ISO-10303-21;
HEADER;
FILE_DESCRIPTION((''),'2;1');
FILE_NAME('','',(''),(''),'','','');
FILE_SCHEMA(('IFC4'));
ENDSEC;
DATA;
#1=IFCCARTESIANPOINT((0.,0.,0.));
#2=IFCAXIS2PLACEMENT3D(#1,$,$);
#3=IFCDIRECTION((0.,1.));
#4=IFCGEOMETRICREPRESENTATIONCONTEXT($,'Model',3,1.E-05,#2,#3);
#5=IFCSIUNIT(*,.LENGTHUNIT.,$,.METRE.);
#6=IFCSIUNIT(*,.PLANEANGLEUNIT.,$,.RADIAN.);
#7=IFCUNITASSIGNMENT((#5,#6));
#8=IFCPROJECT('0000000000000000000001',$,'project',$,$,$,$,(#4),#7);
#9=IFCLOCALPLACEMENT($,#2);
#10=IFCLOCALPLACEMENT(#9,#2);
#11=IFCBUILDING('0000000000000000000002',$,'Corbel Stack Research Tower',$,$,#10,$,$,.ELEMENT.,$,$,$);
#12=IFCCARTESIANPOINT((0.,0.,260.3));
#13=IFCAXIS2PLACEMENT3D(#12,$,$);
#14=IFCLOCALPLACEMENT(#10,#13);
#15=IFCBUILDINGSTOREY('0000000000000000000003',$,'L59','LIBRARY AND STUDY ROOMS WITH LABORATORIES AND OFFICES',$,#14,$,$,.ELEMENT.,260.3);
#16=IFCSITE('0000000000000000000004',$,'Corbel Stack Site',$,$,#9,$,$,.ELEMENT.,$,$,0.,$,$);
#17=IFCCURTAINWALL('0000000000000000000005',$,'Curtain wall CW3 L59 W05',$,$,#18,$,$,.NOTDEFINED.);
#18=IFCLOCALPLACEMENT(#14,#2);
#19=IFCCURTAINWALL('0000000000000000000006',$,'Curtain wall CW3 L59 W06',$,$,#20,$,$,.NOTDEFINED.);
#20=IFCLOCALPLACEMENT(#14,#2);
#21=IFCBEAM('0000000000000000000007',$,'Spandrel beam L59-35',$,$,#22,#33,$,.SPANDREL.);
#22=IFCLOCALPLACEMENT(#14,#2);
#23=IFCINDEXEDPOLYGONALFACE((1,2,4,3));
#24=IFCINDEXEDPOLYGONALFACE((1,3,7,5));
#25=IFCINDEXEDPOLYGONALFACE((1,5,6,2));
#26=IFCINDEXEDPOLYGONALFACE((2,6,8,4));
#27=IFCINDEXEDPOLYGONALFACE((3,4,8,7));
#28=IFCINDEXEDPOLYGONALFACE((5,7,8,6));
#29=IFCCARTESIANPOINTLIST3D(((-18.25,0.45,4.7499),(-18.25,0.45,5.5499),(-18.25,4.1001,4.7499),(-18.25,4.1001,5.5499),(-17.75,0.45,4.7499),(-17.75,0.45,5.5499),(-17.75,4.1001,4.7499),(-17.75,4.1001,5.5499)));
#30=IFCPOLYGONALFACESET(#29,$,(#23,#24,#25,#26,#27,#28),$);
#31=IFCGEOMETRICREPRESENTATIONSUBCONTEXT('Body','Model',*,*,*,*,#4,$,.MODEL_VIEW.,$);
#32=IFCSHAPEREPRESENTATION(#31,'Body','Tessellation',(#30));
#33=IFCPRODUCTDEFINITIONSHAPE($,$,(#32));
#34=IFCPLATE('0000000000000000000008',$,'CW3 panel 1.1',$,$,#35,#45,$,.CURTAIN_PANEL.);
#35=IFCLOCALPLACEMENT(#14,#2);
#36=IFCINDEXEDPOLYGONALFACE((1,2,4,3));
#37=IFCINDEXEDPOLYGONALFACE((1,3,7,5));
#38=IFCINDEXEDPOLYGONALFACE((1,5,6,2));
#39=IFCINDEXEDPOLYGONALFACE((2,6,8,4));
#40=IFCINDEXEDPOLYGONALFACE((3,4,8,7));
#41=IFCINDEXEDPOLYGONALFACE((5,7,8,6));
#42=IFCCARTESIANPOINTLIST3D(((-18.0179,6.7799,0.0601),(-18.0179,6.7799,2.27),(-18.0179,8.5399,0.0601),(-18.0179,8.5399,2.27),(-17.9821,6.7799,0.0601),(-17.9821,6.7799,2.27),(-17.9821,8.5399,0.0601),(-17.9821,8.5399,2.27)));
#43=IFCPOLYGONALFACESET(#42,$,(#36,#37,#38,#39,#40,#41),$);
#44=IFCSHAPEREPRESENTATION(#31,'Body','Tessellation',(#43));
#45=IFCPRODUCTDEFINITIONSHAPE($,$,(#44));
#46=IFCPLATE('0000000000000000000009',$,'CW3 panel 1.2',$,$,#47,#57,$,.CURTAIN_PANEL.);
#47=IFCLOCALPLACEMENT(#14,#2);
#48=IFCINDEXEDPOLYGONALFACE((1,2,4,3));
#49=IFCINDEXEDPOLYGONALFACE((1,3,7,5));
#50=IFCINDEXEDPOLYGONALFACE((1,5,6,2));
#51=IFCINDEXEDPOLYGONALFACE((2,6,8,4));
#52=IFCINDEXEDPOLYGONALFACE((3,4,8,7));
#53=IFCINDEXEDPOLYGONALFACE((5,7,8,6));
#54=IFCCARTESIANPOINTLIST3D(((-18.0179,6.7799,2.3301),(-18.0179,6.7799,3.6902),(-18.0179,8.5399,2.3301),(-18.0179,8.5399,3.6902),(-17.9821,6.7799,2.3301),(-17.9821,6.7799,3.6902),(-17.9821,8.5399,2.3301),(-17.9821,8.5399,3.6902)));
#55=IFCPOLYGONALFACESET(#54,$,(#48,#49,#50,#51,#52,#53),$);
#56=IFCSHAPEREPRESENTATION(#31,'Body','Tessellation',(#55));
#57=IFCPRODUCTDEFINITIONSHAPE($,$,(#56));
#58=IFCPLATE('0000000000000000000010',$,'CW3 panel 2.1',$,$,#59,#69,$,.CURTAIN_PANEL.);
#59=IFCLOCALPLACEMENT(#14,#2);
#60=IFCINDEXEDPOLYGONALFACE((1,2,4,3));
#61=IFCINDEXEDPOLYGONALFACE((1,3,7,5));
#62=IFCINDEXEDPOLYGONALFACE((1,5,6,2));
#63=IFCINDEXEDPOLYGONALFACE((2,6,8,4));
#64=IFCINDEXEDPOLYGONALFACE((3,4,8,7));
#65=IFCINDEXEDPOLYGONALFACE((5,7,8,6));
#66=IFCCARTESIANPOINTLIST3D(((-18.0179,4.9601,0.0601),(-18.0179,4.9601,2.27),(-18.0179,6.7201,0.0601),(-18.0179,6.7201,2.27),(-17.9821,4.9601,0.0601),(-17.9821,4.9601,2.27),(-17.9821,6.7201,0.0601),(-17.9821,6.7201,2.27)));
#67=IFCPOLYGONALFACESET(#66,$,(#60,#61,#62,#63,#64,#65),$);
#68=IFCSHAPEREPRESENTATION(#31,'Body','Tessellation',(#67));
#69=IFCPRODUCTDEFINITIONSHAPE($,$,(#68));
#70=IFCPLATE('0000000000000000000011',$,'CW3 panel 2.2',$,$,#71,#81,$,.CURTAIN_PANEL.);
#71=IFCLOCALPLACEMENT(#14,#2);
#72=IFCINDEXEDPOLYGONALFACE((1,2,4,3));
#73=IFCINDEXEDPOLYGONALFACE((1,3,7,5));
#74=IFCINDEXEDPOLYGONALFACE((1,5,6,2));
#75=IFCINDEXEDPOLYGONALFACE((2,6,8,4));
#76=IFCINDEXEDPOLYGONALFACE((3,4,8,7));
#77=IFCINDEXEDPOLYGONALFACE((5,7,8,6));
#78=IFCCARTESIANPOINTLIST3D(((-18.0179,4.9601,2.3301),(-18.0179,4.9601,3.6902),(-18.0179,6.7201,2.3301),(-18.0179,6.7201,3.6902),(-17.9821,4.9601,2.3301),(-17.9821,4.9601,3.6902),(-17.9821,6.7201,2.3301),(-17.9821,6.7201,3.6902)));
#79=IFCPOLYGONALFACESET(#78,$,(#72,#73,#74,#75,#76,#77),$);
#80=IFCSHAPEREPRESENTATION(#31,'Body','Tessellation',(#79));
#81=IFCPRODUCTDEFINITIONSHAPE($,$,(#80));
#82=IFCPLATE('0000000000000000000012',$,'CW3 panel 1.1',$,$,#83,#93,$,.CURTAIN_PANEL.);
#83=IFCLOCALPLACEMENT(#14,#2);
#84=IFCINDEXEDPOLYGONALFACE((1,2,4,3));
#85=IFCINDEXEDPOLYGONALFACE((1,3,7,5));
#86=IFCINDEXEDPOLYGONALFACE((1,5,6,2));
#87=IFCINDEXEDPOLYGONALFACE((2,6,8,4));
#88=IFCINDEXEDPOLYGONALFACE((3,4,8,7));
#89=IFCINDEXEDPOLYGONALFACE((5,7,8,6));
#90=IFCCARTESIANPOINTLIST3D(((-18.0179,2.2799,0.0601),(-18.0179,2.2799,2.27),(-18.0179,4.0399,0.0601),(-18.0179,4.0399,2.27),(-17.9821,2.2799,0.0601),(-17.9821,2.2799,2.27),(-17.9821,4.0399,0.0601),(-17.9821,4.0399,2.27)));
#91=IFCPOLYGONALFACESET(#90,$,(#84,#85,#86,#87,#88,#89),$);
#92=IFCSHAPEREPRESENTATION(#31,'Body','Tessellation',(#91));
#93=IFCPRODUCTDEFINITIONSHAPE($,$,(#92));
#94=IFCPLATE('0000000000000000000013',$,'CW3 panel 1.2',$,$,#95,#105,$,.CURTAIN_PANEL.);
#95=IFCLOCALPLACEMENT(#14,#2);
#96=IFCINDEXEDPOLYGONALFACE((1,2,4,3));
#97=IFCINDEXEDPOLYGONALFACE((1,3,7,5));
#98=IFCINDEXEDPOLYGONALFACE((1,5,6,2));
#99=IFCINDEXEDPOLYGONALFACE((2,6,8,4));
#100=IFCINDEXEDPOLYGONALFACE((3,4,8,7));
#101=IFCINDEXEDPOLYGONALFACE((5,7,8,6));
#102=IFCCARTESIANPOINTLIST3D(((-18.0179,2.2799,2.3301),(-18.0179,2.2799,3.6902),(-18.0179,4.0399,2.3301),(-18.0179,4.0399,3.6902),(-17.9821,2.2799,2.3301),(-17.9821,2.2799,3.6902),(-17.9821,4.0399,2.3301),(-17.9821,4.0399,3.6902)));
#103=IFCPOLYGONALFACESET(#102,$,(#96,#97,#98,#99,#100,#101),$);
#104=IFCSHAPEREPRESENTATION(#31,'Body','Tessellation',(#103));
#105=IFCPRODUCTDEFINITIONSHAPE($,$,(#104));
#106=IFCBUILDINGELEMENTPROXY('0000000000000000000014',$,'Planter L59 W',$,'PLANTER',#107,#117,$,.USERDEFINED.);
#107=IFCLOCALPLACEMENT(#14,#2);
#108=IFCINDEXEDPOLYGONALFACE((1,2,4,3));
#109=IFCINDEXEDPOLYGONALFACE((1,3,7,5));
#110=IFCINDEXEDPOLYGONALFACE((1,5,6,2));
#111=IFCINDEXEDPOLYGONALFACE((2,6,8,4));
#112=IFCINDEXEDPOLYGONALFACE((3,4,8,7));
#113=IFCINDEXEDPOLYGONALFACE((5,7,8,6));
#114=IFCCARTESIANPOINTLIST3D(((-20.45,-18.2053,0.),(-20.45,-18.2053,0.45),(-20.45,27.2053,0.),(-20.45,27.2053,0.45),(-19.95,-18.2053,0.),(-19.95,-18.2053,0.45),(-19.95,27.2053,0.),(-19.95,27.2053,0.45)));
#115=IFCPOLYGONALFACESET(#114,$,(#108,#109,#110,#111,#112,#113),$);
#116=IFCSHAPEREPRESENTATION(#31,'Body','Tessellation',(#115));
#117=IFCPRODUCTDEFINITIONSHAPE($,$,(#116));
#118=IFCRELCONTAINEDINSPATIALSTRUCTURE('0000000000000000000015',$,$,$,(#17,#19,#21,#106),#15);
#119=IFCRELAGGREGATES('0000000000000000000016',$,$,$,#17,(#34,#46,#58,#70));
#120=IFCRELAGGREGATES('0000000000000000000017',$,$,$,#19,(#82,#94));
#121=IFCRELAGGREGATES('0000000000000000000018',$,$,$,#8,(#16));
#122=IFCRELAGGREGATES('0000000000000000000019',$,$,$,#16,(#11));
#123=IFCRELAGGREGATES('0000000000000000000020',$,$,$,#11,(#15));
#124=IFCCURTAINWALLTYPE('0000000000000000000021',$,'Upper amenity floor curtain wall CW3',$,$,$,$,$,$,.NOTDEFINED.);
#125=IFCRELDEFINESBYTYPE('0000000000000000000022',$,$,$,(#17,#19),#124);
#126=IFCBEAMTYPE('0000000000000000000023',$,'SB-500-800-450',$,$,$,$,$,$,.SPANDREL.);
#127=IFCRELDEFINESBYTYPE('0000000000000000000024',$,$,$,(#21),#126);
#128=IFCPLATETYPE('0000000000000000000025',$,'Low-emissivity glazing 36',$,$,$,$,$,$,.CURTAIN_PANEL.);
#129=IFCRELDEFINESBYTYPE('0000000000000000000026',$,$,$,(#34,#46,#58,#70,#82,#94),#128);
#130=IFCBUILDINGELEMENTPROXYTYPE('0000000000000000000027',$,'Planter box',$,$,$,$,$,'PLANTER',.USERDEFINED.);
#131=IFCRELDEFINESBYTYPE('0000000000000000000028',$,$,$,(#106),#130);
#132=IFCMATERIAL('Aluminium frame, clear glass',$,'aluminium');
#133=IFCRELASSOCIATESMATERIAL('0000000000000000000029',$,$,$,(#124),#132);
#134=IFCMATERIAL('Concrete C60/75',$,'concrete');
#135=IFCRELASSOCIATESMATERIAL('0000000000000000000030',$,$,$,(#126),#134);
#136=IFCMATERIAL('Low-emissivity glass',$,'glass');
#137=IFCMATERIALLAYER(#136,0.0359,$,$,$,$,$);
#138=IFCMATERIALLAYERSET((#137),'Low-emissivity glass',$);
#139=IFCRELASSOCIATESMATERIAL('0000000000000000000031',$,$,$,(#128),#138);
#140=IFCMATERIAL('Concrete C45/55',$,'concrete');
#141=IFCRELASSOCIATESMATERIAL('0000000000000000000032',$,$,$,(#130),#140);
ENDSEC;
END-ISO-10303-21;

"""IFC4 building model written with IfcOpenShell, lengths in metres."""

from ifc_helpers import new_model, si_unit, direction, frame, origin, origin_2d, place, context, subcontext, project, spatial, rectangle, extrude, material, layer, layer_set, material_profile, profile_set, type_object, element, aggregate, save


model = new_model("IFC4")

# Units and contexts
model_context = context("Model", 3, precision=1e-05, world=origin(), true_north=direction((0.0, 1.0)))
body_context = subcontext(model_context, "Body", "Model", "MODEL_VIEW")
ifc_project = project(units=[si_unit("LENGTHUNIT", "METRE"), si_unit("PLANEANGLEUNIT", "RADIAN")], contexts=[model_context])

# Site, building, storey
site_placement = place(None, origin())
site = spatial("IfcSite", under=ifc_project, at=site_placement, Name="Corbel Stack Site", CompositionType="ELEMENT", RefElevation=0.0)
building_placement = place(site_placement, origin())
building = spatial("IfcBuilding", under=site, at=building_placement, Name="Corbel Stack Research Tower", CompositionType="ELEMENT")
storey_placement = place(building_placement, frame((0.0, 0.0, 260.3)))
storey = spatial("IfcBuildingStorey", under=building, at=storey_placement, Name="L59", Description="LIBRARY AND STUDY ROOMS WITH LABORATORIES AND OFFICES", CompositionType="ELEMENT", Elevation=260.3)

# Curtain wall
ifc_material_1 = material(Name="Aluminium frame, clear glass", Category="aluminium")
curtain_wall_type = type_object("IfcCurtainWallType", Name="Upper amenity floor curtain wall CW3", PredefinedType="NOTDEFINED", material=ifc_material_1)
curtain_wall_1_placement = place(storey_placement, origin())
curtain_wall_1 = element("IfcCurtainWall", 1, at=curtain_wall_1_placement, inside=storey, type_object=curtain_wall_type, Name="Curtain wall CW3 L59 W05", PredefinedType="NOTDEFINED")

# Curtain wall
curtain_wall_2_placement = place(storey_placement, origin())
curtain_wall_2 = element("IfcCurtainWall", 2, at=curtain_wall_2_placement, inside=storey, type_object=curtain_wall_type, Name="Curtain wall CW3 L59 W06", PredefinedType="NOTDEFINED")

# Beam
ifc_material_2 = material(Name="Concrete C60/75", Category="concrete")
ifc_material_profile_1 = material_profile(ifc_material_2, rectangle(XDim=0.5, YDim=0.8, at=origin_2d()), Name="RC 500 x 800")
ifc_profile_set_1 = profile_set([ifc_material_profile_1], Name="Concrete C60/75")
beam_type = type_object("IfcBeamType", Name="SB-500-800-450", PredefinedType="SPANDREL", material=ifc_profile_set_1)
for number, where, z_axis, x_axis, name in (
    (3, (-18.0, 4.1001, 5.1499), (0.0, -1.0, 0.0), (1.0, 0.0, 0.0), "Spandrel beam L59-35"),
):
    element("IfcBeam", number, at=place(storey_placement, frame(where, z_axis=z_axis, x_axis=x_axis)), inside=storey, type_object=beam_type, Name=name, PredefinedType="SPANDREL", context=body_context, shape_type="SweptSolid", body=[
        extrude(rectangle(XDim=0.5, YDim=0.8, at=origin_2d()), origin(), (0.0, 0.0, 1.0), 3.6501),
    ])

# Plates
ifc_material_3 = material(Name="Low-emissivity glass", Category="glass")
ifc_layer = layer(ifc_material_3, 0.0359)
ifc_layer_set = layer_set([ifc_layer], Name="Low-emissivity glass")
plate_type = type_object("IfcPlateType", Name="Low-emissivity glazing 36", PredefinedType="CURTAIN_PANEL", material=ifc_layer_set)
plate_1_placement = place(storey_placement, frame((-18.0, 7.6599, 0.0601), z_axis=(0.0, 0.0, 1.0), x_axis=(0.0, -1.0, 0.0)))
plate_1 = element("IfcPlate", 4, at=plate_1_placement, type_object=plate_type, Name="CW3 panel 1.1", PredefinedType="CURTAIN_PANEL", context=body_context, shape_type="SweptSolid", body=[
    extrude(rectangle(XDim=1.76, YDim=0.0359, at=origin_2d()), origin(), (0.0, 0.0, 1.0), 2.21),
])
plate_2_placement = place(storey_placement, frame((-18.0, 7.6599, 2.3301), z_axis=(0.0, 0.0, 1.0), x_axis=(0.0, -1.0, 0.0)))
plate_2 = element("IfcPlate", 5, at=plate_2_placement, type_object=plate_type, Name="CW3 panel 1.2", PredefinedType="CURTAIN_PANEL", context=body_context, shape_type="SweptSolid", body=[
    extrude(rectangle(XDim=1.76, YDim=0.0359, at=origin_2d()), origin(), (0.0, 0.0, 1.0), 1.3601),
])
plate_3_placement = place(storey_placement, frame((-18.0, 5.8401, 0.0601), z_axis=(0.0, 0.0, 1.0), x_axis=(0.0, -1.0, 0.0)))
plate_3 = element("IfcPlate", 6, at=plate_3_placement, type_object=plate_type, Name="CW3 panel 2.1", PredefinedType="CURTAIN_PANEL", context=body_context, shape_type="SweptSolid", body=[
    extrude(rectangle(XDim=1.76, YDim=0.0359, at=origin_2d()), origin(), (0.0, 0.0, 1.0), 2.21),
])
plate_4_placement = place(storey_placement, frame((-18.0, 5.8401, 2.3301), z_axis=(0.0, 0.0, 1.0), x_axis=(0.0, -1.0, 0.0)))
plate_4 = element("IfcPlate", 7, at=plate_4_placement, type_object=plate_type, Name="CW3 panel 2.2", PredefinedType="CURTAIN_PANEL", context=body_context, shape_type="SweptSolid", body=[
    extrude(rectangle(XDim=1.76, YDim=0.0359, at=origin_2d()), origin(), (0.0, 0.0, 1.0), 1.3601),
])
aggregate(curtain_wall_1, [plate_1, plate_2, plate_3, plate_4])
plate_5_placement = place(storey_placement, frame((-18.0, 3.1599, 0.0601), z_axis=(0.0, 0.0, 1.0), x_axis=(0.0, -1.0, 0.0)))
plate_5 = element("IfcPlate", 8, at=plate_5_placement, type_object=plate_type, Name="CW3 panel 1.1", PredefinedType="CURTAIN_PANEL", context=body_context, shape_type="SweptSolid", body=[
    extrude(rectangle(XDim=1.76, YDim=0.0359, at=origin_2d()), origin(), (0.0, 0.0, 1.0), 2.21),
])
plate_6_placement = place(storey_placement, frame((-18.0, 3.1599, 2.3301), z_axis=(0.0, 0.0, 1.0), x_axis=(0.0, -1.0, 0.0)))
plate_6 = element("IfcPlate", 9, at=plate_6_placement, type_object=plate_type, Name="CW3 panel 1.2", PredefinedType="CURTAIN_PANEL", context=body_context, shape_type="SweptSolid", body=[
    extrude(rectangle(XDim=1.76, YDim=0.0359, at=origin_2d()), origin(), (0.0, 0.0, 1.0), 1.3601),
])
aggregate(curtain_wall_2, [plate_5, plate_6])

# Building element proxy
ifc_material_4 = material(Name="Concrete C45/55", Category="concrete")
building_element_proxy_type = type_object("IfcBuildingElementProxyType", Name="Planter box", ElementType="PLANTER", PredefinedType="USERDEFINED", material=ifc_material_4)
proxy_placement = place(storey_placement, frame((-20.2, 4.5, 0.0), z_axis=(0.0, 0.0, 1.0), x_axis=(0.0, -1.0, 0.0)))
element("IfcBuildingElementProxy", 10, at=proxy_placement, inside=storey, type_object=building_element_proxy_type, Name="Planter L59 W", ObjectType="PLANTER", PredefinedType="USERDEFINED", context=body_context, shape_type="SweptSolid", body=[
    extrude(rectangle(XDim=45.4106, YDim=0.5, at=origin_2d()), origin(), (0.0, 0.0, 1.0), 0.45),
])

save(model, "model.ifc")
